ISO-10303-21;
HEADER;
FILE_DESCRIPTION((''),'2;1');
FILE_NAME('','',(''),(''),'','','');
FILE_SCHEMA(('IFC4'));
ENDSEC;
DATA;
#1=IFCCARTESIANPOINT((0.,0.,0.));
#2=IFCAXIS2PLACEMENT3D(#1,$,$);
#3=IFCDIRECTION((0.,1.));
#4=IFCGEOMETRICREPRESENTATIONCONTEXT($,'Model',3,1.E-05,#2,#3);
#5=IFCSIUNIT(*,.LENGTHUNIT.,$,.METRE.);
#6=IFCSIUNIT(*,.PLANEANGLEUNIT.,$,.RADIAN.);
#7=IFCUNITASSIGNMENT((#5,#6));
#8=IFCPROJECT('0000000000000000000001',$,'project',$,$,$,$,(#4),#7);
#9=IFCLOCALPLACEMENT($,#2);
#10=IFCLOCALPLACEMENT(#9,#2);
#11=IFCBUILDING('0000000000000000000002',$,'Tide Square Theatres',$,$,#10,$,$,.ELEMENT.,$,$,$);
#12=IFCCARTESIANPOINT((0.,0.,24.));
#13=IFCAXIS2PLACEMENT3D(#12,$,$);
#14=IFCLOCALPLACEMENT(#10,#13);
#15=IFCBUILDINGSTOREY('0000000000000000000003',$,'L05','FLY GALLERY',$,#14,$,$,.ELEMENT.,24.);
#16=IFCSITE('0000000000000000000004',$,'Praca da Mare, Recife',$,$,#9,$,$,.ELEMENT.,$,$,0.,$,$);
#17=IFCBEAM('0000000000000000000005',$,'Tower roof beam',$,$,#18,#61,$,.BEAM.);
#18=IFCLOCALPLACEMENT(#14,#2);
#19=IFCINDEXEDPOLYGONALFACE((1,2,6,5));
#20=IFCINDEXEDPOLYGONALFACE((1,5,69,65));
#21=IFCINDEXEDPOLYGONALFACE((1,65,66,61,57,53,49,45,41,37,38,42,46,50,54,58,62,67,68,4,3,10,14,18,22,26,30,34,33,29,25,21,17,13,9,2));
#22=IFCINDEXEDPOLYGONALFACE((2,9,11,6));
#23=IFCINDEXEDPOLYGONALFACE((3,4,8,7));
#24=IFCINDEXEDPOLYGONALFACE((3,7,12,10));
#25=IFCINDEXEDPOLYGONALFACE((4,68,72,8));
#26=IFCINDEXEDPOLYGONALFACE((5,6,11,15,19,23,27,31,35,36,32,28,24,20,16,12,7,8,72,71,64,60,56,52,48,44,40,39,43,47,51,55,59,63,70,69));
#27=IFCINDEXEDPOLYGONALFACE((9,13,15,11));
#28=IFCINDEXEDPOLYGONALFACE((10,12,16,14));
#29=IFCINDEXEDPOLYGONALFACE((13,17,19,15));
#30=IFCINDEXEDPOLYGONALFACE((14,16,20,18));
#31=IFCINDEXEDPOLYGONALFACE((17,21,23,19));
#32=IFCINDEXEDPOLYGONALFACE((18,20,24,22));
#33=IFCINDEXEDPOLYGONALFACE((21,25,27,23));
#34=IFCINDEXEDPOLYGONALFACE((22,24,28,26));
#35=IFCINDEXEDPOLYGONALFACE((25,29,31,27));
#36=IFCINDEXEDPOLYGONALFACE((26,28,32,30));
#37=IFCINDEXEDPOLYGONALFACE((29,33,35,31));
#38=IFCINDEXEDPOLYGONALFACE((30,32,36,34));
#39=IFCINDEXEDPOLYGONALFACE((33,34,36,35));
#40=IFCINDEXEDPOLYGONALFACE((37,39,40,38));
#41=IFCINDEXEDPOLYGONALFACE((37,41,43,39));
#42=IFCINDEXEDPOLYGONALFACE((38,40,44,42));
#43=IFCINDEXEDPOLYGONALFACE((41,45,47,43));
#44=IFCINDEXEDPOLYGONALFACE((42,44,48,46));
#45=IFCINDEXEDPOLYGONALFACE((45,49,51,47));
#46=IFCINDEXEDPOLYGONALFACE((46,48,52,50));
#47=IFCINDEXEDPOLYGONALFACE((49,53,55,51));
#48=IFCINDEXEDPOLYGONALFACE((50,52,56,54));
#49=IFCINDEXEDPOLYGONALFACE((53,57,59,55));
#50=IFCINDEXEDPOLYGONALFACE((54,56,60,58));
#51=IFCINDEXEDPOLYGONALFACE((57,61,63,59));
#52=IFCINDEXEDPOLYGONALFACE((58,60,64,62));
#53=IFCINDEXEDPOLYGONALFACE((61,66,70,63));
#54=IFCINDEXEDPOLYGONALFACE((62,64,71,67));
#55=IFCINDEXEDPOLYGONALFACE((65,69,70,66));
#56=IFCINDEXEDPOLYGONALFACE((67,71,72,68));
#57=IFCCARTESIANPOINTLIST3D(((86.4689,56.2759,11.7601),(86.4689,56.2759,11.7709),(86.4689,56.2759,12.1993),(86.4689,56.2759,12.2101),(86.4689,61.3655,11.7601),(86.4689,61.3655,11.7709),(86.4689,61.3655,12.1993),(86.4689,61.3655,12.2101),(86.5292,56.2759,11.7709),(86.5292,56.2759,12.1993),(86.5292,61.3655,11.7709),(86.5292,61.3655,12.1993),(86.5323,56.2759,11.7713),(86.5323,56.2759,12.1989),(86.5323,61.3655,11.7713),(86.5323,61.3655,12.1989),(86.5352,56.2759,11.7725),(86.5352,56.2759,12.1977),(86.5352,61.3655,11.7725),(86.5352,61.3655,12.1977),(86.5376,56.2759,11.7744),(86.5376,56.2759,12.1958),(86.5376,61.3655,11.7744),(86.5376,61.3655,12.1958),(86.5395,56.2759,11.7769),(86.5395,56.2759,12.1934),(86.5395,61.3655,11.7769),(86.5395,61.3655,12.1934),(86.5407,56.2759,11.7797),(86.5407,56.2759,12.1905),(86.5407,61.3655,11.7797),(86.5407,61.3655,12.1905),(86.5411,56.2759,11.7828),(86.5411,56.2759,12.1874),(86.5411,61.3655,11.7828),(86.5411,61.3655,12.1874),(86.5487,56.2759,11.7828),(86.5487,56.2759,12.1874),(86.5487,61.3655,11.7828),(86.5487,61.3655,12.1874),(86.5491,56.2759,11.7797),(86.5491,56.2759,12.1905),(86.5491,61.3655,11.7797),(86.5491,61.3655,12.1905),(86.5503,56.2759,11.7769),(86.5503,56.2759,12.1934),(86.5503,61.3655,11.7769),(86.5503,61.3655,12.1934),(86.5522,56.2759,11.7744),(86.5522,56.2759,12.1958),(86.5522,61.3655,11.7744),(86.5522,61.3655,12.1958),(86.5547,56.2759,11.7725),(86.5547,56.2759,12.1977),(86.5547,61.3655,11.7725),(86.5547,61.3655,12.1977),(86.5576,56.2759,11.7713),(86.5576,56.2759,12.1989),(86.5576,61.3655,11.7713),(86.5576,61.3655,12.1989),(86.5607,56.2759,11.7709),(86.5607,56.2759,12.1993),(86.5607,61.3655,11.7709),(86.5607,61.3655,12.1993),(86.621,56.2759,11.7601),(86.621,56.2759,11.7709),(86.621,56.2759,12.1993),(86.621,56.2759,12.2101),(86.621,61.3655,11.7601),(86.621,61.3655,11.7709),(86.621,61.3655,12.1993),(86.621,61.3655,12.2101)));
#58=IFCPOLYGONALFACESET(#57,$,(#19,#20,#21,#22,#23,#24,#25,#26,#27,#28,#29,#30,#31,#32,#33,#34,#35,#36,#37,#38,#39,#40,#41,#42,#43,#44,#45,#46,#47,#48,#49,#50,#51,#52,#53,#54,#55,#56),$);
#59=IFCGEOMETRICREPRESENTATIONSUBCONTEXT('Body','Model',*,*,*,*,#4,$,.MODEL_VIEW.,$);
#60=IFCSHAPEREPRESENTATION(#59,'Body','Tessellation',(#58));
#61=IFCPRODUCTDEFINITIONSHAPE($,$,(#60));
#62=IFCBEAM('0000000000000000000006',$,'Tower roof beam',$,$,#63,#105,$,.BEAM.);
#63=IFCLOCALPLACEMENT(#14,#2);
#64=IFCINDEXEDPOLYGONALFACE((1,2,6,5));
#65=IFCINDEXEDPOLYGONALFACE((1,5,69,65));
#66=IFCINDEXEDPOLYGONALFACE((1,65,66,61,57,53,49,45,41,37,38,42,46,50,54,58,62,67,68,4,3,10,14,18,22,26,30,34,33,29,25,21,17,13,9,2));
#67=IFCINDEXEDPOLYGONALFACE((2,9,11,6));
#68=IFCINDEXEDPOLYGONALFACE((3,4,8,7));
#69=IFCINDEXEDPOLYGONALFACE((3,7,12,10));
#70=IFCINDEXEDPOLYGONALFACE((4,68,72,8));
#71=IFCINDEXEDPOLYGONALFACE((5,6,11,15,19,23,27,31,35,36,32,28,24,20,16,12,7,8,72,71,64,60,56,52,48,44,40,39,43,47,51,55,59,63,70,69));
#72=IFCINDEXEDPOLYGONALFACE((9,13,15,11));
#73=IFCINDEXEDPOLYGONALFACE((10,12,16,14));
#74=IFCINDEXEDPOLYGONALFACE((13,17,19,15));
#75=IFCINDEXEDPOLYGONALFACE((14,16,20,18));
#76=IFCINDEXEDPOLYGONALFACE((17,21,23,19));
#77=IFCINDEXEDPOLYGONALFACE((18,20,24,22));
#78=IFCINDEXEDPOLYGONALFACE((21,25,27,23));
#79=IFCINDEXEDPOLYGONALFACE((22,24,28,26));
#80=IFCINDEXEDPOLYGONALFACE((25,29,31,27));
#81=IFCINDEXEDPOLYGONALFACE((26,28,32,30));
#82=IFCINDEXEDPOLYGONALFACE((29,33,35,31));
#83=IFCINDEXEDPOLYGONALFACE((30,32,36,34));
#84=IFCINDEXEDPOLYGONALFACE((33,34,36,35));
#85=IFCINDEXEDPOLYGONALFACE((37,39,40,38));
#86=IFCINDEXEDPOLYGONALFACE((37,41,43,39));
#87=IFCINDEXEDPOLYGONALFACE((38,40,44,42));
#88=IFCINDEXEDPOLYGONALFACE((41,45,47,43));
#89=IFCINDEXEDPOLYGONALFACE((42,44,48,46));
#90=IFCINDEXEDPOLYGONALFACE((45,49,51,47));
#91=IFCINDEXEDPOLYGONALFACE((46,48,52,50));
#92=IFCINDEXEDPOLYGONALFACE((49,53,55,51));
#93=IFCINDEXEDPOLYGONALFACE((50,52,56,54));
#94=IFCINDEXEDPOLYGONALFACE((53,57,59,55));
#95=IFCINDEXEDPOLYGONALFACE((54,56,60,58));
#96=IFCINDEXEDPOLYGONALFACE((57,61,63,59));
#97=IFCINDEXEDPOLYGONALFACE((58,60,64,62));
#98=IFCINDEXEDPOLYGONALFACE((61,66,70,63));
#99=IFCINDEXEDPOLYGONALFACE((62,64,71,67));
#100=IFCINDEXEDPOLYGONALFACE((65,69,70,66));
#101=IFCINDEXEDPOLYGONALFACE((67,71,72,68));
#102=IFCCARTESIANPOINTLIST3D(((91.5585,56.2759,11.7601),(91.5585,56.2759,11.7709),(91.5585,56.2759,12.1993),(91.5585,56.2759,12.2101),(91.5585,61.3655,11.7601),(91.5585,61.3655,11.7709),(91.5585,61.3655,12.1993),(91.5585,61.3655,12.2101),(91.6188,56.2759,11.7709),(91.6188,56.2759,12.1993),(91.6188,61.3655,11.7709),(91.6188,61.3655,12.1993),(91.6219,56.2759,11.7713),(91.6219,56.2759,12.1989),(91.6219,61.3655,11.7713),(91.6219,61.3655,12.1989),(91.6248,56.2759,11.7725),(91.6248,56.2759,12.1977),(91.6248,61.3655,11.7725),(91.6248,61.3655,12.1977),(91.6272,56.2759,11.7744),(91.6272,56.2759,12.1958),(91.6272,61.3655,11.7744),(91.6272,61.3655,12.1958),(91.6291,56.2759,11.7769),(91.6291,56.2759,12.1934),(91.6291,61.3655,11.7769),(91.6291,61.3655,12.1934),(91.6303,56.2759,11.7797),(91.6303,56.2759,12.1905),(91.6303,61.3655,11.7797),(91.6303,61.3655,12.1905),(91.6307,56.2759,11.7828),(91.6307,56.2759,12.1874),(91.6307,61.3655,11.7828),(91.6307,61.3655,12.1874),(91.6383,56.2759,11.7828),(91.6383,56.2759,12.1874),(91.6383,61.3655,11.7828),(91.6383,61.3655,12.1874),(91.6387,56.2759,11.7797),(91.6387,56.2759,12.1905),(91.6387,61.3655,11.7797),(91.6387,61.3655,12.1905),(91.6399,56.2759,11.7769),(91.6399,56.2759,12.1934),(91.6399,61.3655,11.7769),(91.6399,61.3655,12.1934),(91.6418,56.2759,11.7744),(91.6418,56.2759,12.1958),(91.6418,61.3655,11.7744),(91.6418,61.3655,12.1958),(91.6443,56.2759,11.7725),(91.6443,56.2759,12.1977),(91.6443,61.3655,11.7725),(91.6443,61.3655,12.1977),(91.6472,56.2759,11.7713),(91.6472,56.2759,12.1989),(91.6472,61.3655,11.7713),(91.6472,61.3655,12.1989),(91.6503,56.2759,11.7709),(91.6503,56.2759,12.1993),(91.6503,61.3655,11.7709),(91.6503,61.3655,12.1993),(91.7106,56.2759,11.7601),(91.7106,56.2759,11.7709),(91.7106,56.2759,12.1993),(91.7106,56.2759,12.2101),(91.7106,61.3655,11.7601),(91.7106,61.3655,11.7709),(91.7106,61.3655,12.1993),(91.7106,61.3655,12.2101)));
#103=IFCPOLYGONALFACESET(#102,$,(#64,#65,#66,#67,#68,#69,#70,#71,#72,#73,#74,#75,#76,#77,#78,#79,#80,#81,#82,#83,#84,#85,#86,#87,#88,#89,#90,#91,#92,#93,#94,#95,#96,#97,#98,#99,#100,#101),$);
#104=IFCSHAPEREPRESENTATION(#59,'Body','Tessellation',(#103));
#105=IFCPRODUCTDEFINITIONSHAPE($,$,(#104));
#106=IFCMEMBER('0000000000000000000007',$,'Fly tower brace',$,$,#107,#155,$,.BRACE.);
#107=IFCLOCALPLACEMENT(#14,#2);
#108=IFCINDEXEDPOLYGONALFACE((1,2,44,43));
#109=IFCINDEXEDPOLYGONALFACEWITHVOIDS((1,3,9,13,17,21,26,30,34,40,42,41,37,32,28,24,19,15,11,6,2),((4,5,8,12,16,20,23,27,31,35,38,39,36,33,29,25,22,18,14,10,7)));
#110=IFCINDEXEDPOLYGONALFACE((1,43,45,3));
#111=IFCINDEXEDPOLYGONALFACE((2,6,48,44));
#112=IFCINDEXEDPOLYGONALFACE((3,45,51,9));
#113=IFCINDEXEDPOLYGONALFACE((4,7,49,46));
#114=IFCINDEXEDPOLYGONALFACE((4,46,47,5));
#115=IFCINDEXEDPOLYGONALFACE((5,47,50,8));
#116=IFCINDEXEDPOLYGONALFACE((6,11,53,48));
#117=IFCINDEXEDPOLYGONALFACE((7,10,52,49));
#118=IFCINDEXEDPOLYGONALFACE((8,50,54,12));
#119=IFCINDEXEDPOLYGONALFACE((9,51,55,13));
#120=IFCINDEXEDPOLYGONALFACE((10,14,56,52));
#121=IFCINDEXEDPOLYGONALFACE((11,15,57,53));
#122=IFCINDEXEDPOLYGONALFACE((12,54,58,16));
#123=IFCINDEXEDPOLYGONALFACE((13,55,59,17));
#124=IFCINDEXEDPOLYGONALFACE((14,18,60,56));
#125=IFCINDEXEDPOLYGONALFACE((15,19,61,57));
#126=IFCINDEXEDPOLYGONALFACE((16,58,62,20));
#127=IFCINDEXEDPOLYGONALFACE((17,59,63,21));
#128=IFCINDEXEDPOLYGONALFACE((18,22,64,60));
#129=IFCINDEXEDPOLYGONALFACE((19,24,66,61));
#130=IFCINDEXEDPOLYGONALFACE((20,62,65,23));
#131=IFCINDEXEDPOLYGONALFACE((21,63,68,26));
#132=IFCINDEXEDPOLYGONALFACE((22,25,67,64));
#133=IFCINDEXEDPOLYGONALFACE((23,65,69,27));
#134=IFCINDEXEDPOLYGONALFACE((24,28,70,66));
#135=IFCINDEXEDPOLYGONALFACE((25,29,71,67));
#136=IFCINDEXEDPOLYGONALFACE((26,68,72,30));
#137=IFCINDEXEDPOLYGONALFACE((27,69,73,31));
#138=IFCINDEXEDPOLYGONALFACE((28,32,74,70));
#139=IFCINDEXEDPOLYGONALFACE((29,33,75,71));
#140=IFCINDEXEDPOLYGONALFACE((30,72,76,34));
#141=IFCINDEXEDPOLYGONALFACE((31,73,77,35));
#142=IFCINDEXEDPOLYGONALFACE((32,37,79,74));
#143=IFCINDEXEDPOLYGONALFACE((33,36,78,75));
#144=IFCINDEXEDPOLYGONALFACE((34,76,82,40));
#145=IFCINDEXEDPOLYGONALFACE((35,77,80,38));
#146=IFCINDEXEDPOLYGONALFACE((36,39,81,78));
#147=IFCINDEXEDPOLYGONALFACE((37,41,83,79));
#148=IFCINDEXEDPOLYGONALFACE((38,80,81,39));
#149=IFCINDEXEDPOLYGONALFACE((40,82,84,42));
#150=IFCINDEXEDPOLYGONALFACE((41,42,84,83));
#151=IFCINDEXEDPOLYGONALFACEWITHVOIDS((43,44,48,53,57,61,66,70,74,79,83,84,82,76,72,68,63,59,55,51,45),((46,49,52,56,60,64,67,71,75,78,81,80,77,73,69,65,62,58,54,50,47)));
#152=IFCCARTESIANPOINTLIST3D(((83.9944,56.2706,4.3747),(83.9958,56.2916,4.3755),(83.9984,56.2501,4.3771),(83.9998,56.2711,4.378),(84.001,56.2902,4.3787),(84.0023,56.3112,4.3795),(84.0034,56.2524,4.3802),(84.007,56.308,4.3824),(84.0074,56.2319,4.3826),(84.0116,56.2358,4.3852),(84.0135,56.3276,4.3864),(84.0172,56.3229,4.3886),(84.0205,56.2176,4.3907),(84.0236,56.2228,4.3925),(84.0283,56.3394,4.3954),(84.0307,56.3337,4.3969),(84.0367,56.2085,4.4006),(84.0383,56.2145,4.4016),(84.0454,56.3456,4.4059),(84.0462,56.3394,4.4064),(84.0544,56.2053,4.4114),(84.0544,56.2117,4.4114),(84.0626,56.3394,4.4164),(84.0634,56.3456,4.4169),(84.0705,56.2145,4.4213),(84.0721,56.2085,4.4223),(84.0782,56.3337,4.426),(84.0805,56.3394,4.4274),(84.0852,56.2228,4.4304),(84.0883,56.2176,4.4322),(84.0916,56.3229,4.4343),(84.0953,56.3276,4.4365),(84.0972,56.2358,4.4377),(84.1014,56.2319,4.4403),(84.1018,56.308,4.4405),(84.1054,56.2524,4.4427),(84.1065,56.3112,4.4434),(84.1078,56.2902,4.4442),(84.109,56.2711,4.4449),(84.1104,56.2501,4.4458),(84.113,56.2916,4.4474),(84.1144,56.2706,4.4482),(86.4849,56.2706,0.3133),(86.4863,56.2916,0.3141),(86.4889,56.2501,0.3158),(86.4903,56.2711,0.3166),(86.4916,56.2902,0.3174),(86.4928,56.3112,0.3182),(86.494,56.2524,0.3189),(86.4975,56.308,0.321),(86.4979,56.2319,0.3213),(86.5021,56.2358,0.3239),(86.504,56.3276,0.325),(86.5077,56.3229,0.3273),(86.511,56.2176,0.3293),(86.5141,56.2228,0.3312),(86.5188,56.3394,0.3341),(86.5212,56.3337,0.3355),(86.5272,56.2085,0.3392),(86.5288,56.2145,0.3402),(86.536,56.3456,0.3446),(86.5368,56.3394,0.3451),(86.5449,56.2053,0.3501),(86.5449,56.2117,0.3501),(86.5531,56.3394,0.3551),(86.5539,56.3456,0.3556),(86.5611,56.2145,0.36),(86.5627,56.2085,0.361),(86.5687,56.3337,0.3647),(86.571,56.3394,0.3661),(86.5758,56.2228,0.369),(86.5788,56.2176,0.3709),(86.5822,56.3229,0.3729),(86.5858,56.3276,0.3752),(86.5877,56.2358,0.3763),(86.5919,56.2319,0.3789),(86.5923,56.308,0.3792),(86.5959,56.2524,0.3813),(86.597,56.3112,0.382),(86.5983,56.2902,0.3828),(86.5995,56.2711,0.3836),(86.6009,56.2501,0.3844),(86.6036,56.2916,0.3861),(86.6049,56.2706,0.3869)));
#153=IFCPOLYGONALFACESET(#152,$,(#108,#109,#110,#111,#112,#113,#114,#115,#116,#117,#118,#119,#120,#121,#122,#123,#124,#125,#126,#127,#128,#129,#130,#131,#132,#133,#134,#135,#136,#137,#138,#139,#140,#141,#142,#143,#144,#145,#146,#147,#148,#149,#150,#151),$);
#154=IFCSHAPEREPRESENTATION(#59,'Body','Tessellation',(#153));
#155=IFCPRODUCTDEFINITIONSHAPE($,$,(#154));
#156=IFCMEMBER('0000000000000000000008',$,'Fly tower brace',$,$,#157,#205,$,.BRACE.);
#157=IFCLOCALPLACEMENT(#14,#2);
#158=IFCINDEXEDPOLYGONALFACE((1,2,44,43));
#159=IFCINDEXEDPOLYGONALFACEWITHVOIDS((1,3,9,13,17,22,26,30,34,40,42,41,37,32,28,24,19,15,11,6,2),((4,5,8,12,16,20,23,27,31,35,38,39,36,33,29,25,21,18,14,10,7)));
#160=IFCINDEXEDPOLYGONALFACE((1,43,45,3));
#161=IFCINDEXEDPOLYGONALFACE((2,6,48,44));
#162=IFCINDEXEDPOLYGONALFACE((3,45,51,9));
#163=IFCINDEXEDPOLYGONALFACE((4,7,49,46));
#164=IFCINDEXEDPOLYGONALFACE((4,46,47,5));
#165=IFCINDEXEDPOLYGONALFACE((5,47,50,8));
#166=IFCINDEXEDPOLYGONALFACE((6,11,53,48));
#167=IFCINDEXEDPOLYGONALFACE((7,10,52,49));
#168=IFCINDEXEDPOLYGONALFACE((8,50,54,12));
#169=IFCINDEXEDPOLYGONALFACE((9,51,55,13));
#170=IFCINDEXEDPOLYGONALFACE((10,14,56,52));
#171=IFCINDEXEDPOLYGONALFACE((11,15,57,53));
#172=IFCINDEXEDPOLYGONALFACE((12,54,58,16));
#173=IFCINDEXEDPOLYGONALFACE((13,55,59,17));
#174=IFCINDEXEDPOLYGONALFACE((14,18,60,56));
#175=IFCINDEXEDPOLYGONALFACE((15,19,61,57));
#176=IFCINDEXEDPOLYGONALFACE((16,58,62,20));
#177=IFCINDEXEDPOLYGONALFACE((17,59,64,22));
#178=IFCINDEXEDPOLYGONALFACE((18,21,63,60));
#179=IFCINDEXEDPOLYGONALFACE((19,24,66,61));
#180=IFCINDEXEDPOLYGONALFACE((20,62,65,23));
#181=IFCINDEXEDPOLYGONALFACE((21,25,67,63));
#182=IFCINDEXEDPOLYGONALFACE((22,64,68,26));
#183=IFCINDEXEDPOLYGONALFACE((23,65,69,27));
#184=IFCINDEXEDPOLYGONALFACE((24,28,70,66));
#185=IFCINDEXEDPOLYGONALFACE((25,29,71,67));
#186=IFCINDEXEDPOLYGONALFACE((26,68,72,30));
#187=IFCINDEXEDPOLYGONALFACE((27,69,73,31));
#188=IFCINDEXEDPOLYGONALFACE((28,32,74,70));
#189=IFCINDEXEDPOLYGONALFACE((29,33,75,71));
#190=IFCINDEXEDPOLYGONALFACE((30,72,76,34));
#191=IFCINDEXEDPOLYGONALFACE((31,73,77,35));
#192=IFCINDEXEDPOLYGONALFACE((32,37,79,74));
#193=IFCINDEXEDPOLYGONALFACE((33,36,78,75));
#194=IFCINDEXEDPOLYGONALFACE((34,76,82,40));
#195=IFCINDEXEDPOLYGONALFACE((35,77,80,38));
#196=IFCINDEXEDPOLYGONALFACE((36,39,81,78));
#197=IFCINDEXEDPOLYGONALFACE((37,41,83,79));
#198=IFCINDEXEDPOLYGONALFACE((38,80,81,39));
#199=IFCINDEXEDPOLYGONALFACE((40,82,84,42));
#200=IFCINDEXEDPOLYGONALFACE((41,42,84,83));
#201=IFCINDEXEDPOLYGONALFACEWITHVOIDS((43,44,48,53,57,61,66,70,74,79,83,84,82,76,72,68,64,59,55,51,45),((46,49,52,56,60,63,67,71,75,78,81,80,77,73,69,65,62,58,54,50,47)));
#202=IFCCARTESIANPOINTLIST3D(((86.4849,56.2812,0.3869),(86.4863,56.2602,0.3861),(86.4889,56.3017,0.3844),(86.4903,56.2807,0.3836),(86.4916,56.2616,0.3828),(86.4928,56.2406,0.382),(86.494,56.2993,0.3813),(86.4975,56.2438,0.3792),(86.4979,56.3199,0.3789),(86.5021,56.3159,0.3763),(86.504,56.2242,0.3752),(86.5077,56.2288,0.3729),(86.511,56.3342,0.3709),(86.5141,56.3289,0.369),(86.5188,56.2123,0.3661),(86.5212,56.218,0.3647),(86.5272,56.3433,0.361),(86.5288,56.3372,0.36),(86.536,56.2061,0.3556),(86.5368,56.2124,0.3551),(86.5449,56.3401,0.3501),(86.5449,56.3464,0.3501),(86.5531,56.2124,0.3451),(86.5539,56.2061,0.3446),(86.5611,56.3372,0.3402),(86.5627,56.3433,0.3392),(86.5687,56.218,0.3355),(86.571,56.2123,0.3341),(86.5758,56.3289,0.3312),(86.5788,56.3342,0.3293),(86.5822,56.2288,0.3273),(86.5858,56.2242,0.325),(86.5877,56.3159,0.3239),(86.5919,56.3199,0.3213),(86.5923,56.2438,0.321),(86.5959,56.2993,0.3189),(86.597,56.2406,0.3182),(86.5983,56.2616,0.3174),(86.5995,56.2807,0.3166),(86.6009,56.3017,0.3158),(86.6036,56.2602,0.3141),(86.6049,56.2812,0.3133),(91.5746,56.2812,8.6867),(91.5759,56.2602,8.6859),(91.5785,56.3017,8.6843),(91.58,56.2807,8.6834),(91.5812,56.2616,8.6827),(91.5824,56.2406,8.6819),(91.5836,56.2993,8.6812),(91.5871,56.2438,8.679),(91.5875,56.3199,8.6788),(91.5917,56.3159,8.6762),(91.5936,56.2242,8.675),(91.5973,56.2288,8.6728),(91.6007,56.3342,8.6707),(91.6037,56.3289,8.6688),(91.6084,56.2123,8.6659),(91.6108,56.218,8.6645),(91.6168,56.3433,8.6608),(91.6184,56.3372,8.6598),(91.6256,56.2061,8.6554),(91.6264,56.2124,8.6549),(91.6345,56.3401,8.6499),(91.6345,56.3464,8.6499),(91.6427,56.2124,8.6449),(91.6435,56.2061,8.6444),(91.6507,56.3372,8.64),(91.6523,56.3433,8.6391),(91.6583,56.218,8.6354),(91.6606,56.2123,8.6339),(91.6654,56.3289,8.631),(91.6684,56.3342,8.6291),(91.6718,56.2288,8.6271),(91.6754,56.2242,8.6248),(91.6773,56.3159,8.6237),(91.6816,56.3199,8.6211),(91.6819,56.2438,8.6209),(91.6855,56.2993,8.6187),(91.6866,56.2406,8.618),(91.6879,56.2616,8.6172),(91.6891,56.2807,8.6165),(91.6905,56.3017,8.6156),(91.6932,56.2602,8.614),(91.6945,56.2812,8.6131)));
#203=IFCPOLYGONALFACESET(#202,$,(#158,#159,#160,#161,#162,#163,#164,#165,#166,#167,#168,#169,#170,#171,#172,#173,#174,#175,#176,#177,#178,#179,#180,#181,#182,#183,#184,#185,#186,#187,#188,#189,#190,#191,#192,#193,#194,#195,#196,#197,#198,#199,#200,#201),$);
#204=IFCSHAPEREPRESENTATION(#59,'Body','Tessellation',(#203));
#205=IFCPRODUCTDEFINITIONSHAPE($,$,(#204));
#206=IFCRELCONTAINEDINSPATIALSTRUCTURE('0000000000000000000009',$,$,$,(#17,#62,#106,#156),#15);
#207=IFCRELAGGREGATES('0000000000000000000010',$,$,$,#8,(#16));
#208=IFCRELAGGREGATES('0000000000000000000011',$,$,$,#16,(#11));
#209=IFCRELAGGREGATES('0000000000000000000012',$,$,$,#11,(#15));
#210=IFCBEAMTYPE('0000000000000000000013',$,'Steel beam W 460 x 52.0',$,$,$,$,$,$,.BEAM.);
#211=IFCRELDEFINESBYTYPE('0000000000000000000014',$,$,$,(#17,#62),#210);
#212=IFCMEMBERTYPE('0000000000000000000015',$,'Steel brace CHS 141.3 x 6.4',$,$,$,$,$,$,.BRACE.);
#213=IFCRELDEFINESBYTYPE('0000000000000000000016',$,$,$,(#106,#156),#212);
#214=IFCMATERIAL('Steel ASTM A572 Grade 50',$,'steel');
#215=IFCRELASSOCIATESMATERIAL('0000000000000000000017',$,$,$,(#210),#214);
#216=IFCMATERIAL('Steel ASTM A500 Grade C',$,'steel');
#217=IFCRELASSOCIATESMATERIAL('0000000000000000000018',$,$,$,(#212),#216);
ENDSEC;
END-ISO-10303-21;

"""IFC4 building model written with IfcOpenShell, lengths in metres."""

from ifc_helpers import new_model, si_unit, direction, frame, origin, origin_2d, place, context, subcontext, project, spatial, hollow_circle, i_section, extrude, material, material_profile, profile_set, type_object, element, save


model = new_model("IFC4")

# Units and contexts
model_context = context("Model", 3, precision=1e-05, world=origin(), true_north=direction((0.0, 1.0)))
body_context = subcontext(model_context, "Body", "Model", "MODEL_VIEW")
ifc_project = project(units=[si_unit("LENGTHUNIT", "METRE"), si_unit("PLANEANGLEUNIT", "RADIAN")], contexts=[model_context])

# Site, building, storey
site_placement = place(None, origin())
site = spatial("IfcSite", under=ifc_project, at=site_placement, Name="Praca da Mare, Recife", CompositionType="ELEMENT", RefElevation=0.0)
building_placement = place(site_placement, origin())
building = spatial("IfcBuilding", under=site, at=building_placement, Name="Tide Square Theatres", CompositionType="ELEMENT")
storey_placement = place(building_placement, frame((0.0, 0.0, 24.0)))
storey = spatial("IfcBuildingStorey", under=building, at=storey_placement, Name="L05", Description="FLY GALLERY", CompositionType="ELEMENT", Elevation=24.0)

# Beams
ifc_material_1 = material(Name="Steel ASTM A572 Grade 50", Category="steel")
ifc_material_profile_1 = material_profile(ifc_material_1, i_section(OverallWidth=0.1521, OverallDepth=0.45, WebThickness=0.0076, FlangeThickness=0.0107, FilletRadius=0.012, at=origin_2d()))
ifc_profile_set_1 = profile_set([ifc_material_profile_1], Name="Steel ASTM A572 Grade 50")
beam_type_1 = type_object("IfcBeamType", Name="Steel beam W 460 x 52.0", PredefinedType="BEAM", material=ifc_profile_set_1)
for number, where, z_axis, x_axis, name in (
    (1, (86.5449, 56.2759, 11.9851), (0.0, 1.0, 0.0), (-1.0, 0.0, 0.0), "Tower roof beam"),
    (2, (91.6345, 56.2759, 11.9851), (0.0, 1.0, 0.0), (-1.0, 0.0, 0.0), "Tower roof beam"),
):
    element("IfcBeam", number, at=place(storey_placement, frame(where, z_axis=z_axis, x_axis=x_axis)), inside=storey, type_object=beam_type_1, Name=name, PredefinedType="BEAM", context=body_context, shape_type="SweptSolid", body=[
        extrude(i_section(OverallWidth=0.1521, OverallDepth=0.45, WebThickness=0.0076, FlangeThickness=0.0107, FilletRadius=0.012, at=origin_2d()), origin(), (0.0, 0.0, 1.0), 5.0896),
    ])

# Members
ifc_material_2 = material(Name="Steel ASTM A500 Grade C", Category="steel")
ifc_material_profile_2 = material_profile(ifc_material_2, hollow_circle(Radius=0.0706, WallThickness=0.0063, at=origin_2d()))
ifc_profile_set_2 = profile_set([ifc_material_profile_2], Name="Steel ASTM A500 Grade C")
member_type = type_object("IfcMemberType", Name="Steel brace CHS 141.3 x 6.4", PredefinedType="BRACE", material=ifc_profile_set_2)
member_1_placement = place(storey_placement, frame((86.5449, 56.2759, 0.3501), z_axis=(-0.522762, 0.0, 0.852479), x_axis=(0.0, -1.0, 0.0)))
element("IfcMember", 3, at=member_1_placement, inside=storey, type_object=member_type, Name="Fly tower brace", PredefinedType="BRACE", context=body_context, shape_type="SweptSolid", body=[
    extrude(hollow_circle(Radius=0.0706, WallThickness=0.0063, at=origin_2d()), origin(), (0.0, 0.0, 1.0), 4.7642),
])
member_2_placement = place(storey_placement, frame((86.5449, 56.2759, 0.3501), z_axis=(0.522758, 0.0, 0.852481), x_axis=(0.0, 1.0, 0.0)))
element("IfcMember", 4, at=member_2_placement, inside=storey, type_object=member_type, Name="Fly tower brace", PredefinedType="BRACE", context=body_context, shape_type="SweptSolid", body=[
    extrude(hollow_circle(Radius=0.0706, WallThickness=0.0063, at=origin_2d()), origin(), (0.0, 0.0, 1.0), 9.7361),
])

save(model, "model.ifc")
